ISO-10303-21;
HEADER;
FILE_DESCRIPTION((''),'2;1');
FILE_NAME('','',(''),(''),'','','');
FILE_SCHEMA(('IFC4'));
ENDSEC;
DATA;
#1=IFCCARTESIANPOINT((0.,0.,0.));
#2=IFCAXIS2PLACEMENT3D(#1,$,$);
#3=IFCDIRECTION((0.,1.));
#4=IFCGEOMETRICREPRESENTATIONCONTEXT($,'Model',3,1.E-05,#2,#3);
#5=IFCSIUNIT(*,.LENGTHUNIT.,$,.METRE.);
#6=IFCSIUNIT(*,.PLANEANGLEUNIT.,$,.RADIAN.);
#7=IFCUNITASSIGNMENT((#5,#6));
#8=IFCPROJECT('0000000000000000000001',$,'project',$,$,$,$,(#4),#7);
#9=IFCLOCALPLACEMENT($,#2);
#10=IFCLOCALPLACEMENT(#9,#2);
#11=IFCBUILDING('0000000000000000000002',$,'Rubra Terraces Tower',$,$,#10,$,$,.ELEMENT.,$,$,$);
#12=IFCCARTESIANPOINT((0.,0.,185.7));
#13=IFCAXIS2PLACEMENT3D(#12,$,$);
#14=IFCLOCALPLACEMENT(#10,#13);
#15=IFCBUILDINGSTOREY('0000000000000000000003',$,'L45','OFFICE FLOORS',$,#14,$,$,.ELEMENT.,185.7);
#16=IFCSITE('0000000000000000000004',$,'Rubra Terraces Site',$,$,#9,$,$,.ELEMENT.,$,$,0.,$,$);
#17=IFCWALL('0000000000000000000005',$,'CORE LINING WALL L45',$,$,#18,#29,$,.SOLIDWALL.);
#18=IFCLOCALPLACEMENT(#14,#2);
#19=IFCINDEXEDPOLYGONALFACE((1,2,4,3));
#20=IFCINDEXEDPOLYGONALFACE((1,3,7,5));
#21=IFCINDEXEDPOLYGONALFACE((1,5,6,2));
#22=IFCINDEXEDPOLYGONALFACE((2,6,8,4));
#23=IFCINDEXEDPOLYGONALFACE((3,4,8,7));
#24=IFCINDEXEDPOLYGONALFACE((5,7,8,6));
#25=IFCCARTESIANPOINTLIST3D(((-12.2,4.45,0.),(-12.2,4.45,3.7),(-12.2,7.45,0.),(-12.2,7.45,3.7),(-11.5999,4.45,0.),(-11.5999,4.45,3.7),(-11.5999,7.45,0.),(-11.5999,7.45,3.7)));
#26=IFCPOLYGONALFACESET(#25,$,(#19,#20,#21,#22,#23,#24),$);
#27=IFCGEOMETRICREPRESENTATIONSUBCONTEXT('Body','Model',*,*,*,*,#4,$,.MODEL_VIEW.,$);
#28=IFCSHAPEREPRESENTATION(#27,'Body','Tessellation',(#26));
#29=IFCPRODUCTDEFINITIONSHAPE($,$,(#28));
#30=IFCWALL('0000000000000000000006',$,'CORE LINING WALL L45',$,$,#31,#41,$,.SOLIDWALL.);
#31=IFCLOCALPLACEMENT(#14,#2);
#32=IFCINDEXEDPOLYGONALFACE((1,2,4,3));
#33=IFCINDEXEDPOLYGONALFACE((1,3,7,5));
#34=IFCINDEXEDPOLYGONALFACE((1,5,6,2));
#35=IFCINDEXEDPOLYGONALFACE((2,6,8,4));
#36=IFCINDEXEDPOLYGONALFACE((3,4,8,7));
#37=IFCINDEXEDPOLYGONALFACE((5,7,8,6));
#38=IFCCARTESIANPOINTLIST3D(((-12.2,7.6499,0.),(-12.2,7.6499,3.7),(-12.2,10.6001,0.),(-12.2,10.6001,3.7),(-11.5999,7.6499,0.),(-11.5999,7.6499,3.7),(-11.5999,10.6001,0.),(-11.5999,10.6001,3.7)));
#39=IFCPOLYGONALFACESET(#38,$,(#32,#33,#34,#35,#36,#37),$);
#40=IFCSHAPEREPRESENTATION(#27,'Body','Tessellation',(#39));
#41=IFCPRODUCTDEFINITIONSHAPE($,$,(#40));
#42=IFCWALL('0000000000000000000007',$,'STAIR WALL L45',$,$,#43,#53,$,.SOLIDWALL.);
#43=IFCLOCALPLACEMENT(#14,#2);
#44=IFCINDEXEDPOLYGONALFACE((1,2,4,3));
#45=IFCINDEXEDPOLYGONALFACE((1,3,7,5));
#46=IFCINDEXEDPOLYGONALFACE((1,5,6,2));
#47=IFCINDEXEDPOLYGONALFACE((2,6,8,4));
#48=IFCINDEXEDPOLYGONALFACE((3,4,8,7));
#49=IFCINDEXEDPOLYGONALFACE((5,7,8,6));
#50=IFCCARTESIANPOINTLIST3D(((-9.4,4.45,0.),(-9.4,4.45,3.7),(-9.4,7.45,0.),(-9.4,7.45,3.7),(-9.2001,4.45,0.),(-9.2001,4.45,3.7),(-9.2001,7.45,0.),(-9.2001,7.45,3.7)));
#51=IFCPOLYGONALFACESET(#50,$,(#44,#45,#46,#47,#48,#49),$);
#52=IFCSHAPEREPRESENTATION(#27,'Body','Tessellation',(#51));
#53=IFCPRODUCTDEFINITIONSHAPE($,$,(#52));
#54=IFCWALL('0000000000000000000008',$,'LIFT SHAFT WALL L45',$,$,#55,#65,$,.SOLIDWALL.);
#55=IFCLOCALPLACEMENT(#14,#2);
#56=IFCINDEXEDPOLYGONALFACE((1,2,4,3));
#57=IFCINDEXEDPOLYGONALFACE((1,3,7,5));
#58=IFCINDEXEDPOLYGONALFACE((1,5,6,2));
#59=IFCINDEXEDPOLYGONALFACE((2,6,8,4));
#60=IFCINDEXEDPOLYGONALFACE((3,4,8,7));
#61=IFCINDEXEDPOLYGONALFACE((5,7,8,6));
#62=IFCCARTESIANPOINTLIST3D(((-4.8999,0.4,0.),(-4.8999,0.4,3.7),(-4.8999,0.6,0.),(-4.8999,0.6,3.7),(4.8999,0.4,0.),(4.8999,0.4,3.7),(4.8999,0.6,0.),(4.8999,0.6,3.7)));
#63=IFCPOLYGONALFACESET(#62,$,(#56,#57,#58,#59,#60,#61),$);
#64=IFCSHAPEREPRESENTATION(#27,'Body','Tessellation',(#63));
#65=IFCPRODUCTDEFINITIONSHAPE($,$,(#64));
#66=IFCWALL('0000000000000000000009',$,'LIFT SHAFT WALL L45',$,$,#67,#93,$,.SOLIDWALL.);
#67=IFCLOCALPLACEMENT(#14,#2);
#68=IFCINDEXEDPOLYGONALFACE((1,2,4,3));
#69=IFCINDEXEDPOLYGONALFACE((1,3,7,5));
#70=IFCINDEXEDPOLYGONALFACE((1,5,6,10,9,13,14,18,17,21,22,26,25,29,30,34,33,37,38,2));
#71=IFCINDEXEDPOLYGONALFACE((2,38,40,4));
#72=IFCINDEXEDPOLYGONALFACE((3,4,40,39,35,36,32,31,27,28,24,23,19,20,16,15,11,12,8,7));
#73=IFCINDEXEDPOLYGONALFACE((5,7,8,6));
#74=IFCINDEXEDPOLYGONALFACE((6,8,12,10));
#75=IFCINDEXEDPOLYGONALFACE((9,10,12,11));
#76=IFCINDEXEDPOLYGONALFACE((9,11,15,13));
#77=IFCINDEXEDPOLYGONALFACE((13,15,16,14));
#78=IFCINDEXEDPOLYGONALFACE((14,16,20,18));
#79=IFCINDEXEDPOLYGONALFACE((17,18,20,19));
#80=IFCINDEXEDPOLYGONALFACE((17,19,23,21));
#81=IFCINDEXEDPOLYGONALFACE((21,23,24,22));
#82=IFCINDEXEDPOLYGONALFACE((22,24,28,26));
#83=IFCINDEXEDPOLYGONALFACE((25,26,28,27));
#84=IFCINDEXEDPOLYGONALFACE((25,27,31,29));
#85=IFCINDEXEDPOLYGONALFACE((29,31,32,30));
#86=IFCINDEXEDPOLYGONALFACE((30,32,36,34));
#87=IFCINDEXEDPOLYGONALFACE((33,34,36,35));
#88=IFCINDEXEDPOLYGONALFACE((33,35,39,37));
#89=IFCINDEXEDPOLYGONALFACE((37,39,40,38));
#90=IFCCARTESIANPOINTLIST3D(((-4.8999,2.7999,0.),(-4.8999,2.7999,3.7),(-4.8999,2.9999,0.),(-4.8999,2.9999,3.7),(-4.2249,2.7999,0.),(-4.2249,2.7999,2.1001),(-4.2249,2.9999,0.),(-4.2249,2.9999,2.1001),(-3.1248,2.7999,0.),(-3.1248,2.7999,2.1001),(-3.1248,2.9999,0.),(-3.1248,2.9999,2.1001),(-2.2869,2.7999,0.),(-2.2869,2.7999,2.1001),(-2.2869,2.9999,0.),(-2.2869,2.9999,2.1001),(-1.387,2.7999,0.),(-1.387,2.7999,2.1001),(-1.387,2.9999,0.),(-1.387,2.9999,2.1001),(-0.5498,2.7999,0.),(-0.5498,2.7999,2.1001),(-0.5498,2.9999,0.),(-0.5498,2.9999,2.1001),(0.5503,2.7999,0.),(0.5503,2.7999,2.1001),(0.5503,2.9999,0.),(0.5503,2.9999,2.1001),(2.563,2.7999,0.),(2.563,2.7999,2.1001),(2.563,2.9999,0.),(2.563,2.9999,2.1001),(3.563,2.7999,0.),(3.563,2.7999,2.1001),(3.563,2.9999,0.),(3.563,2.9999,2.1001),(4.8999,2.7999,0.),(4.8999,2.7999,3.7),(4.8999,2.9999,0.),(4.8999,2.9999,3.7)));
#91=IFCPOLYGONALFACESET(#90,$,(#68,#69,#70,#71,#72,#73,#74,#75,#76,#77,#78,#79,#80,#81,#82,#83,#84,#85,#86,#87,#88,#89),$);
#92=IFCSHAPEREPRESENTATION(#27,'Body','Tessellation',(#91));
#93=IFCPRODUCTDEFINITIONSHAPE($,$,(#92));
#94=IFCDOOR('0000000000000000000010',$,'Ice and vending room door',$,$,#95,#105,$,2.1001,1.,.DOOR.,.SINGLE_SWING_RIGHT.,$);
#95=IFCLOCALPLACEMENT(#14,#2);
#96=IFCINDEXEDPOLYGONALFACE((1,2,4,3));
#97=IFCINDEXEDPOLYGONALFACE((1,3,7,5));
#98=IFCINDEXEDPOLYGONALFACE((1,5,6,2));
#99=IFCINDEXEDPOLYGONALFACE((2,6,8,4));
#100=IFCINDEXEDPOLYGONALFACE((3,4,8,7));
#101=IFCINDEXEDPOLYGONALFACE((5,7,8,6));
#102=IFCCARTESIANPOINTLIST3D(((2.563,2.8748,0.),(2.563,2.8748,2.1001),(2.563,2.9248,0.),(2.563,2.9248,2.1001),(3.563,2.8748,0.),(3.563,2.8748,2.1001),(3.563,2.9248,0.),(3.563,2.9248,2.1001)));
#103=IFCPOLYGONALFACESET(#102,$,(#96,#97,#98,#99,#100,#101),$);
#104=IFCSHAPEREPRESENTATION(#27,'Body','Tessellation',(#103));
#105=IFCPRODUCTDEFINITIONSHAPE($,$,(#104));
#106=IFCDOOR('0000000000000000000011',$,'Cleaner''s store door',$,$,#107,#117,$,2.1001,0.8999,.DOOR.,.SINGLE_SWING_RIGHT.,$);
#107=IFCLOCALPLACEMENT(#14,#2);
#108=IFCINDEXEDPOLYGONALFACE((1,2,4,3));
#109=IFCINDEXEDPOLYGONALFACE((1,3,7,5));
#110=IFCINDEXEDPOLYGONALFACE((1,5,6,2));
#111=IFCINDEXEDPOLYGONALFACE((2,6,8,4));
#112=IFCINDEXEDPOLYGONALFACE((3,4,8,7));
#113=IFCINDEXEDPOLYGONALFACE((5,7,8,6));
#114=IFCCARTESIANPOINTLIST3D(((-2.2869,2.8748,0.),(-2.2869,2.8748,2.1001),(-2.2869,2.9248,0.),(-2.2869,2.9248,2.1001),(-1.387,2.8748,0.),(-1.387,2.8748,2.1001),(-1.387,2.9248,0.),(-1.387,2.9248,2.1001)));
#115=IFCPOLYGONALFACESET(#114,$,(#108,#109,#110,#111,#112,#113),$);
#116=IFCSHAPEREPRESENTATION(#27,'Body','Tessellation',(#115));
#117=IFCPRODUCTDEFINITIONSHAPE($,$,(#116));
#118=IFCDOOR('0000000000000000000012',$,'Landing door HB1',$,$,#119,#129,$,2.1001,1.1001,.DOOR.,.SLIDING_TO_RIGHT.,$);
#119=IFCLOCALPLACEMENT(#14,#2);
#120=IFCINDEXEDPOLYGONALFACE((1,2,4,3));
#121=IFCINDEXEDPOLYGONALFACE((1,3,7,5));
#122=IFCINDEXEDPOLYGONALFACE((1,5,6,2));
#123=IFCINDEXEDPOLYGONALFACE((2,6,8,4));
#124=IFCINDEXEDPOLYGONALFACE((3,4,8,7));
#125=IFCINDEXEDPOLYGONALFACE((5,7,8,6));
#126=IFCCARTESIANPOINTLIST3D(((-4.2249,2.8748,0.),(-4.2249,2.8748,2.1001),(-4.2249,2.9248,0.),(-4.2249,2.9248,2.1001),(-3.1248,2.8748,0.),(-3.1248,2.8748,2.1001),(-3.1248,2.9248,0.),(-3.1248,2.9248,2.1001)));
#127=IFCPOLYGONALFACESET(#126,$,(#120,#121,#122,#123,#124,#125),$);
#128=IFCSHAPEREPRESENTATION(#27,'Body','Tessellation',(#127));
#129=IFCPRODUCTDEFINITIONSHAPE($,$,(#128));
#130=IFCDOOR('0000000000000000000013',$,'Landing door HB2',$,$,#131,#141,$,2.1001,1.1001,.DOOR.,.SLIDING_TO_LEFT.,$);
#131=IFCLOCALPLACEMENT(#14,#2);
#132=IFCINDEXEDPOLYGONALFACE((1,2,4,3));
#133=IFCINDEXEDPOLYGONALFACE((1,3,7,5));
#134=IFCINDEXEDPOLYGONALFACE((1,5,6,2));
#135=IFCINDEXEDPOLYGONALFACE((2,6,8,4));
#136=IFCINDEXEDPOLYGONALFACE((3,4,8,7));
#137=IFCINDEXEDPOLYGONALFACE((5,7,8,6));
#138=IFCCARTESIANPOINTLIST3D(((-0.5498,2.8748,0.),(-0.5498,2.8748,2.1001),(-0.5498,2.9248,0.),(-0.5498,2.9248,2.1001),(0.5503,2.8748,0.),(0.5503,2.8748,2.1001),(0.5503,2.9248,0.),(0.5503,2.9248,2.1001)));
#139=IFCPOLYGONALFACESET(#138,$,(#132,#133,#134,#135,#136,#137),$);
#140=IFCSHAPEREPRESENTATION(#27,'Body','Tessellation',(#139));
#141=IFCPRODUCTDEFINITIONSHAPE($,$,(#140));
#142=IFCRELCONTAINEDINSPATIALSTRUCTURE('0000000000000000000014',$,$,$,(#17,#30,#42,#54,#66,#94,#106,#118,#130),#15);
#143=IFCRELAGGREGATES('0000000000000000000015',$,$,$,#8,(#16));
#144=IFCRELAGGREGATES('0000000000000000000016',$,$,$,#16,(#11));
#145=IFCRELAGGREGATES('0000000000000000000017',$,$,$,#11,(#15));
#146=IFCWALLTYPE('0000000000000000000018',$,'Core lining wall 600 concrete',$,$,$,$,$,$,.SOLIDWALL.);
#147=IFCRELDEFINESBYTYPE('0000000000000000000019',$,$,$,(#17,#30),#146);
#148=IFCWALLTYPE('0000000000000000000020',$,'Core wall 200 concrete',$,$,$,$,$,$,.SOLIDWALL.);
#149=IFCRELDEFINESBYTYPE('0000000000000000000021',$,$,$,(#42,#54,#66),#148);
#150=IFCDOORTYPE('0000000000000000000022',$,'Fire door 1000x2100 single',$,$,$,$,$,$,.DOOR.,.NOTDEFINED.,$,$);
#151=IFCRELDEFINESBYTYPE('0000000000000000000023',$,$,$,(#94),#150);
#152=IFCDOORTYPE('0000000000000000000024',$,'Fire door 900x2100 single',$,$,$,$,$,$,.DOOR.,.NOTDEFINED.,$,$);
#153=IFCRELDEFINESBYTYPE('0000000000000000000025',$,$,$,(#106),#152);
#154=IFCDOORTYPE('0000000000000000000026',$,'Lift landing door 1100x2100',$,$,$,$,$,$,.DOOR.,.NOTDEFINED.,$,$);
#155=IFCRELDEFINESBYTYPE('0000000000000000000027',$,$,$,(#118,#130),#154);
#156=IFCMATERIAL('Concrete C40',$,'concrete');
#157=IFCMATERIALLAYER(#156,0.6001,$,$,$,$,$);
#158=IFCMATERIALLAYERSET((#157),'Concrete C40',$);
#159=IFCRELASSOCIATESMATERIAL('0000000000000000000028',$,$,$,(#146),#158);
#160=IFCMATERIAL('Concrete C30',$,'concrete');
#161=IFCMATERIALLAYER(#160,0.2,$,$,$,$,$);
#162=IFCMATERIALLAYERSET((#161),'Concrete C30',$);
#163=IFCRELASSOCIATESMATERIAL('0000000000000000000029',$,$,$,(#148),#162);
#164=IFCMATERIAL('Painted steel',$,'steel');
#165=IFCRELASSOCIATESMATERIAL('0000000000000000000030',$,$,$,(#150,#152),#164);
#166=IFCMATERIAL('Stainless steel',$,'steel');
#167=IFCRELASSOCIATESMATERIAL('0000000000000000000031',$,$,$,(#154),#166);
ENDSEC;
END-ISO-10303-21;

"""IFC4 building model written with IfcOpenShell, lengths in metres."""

from ifc_helpers import new_model, si_unit, direction, frame, frame_2d, origin, place, context, subcontext, project, spatial, rectangle, extrude, material, layer, layer_set, type_object, element, fill, save


model = new_model("IFC4")

# Units and contexts
model_context = context("Model", 3, precision=1e-05, world=origin(), true_north=direction((0.0, 1.0)))
body_context = subcontext(model_context, "Body", "Model", "MODEL_VIEW")
ifc_project = project(units=[si_unit("LENGTHUNIT", "METRE"), si_unit("PLANEANGLEUNIT", "RADIAN")], contexts=[model_context])

# Site, building, storey
site_placement = place(None, origin())
site = spatial("IfcSite", under=ifc_project, at=site_placement, Name="Rubra Terraces Site", CompositionType="ELEMENT", RefElevation=0.0)
building_placement = place(site_placement, origin())
building = spatial("IfcBuilding", under=site, at=building_placement, Name="Rubra Terraces Tower", CompositionType="ELEMENT")
storey_placement = place(building_placement, frame((0.0, 0.0, 185.7)))
storey = spatial("IfcBuildingStorey", under=building, at=storey_placement, Name="L45", Description="OFFICE FLOORS", CompositionType="ELEMENT", Elevation=185.7)

# Shared definitions
ifc_material_1 = material(Name="Concrete C40", Category="concrete")

# Walls
ifc_layer_1 = layer(ifc_material_1, 0.6001)
ifc_layer_set_1 = layer_set([ifc_layer_1], Name="Concrete C40")
wall_type_1 = type_object("IfcWallType", Name="Core lining wall 600 concrete", PredefinedType="SOLIDWALL", material=ifc_layer_set_1)
wall_1_placement = place(storey_placement, frame((-11.8999, 4.45, 0.0), z_axis=(0.0, 0.0, 1.0), x_axis=(0.0, 1.0, 0.0)))
element("IfcWall", 1, at=wall_1_placement, inside=storey, type_object=wall_type_1, Name="CORE LINING WALL L45", PredefinedType="SOLIDWALL", context=body_context, shape_type="SweptSolid", body=[
    extrude(rectangle(XDim=3.0, YDim=0.6001, at=frame_2d((1.5, 0.0))), origin(), (0.0, 0.0, 1.0), 3.7),
])
wall_2_placement = place(storey_placement, frame((-11.8999, 7.6499, 0.0), z_axis=(0.0, 0.0, 1.0), x_axis=(0.0, 1.0, 0.0)))
element("IfcWall", 2, at=wall_2_placement, inside=storey, type_object=wall_type_1, Name="CORE LINING WALL L45", PredefinedType="SOLIDWALL", context=body_context, shape_type="SweptSolid", body=[
    extrude(rectangle(XDim=2.9502, YDim=0.6001, at=frame_2d((1.4751, 0.0))), origin(), (0.0, 0.0, 1.0), 3.7),
])
ifc_material_2 = material(Name="Concrete C30", Category="concrete")
ifc_layer_2 = layer(ifc_material_2, 0.2)
ifc_layer_set_2 = layer_set([ifc_layer_2], Name="Concrete C30")
wall_type_2 = type_object("IfcWallType", Name="Core wall 200 concrete", PredefinedType="SOLIDWALL", material=ifc_layer_set_2)
wall_3_placement = place(storey_placement, frame((-9.3, 4.45, 0.0), z_axis=(0.0, 0.0, 1.0), x_axis=(0.0, 1.0, 0.0)))
element("IfcWall", 3, at=wall_3_placement, inside=storey, type_object=wall_type_2, Name="STAIR WALL L45", PredefinedType="SOLIDWALL", context=body_context, shape_type="SweptSolid", body=[
    extrude(rectangle(XDim=3.0, YDim=0.2, at=frame_2d((1.5, 0.0))), origin(), (0.0, 0.0, 1.0), 3.7),
])
wall_4_placement = place(storey_placement, frame((-4.8999, 0.5, 0.0), z_axis=(0.0, 0.0, 1.0), x_axis=(1.0, 0.0, 0.0)))
element("IfcWall", 4, at=wall_4_placement, inside=storey, type_object=wall_type_2, Name="LIFT SHAFT WALL L45", PredefinedType="SOLIDWALL", context=body_context, shape_type="SweptSolid", body=[
    extrude(rectangle(XDim=9.7998, YDim=0.2, at=frame_2d((4.8999, 0.0))), origin(), (0.0, 0.0, 1.0), 3.7),
])

# Wall, openings, doors
wall_5_placement = place(storey_placement, frame((-4.8999, 2.8999, 0.0), z_axis=(0.0, 0.0, 1.0), x_axis=(1.0, 0.0, 0.0)))
wall_5 = element("IfcWall", 5, at=wall_5_placement, inside=storey, type_object=wall_type_2, Name="LIFT SHAFT WALL L45", PredefinedType="SOLIDWALL", context=body_context, shape_type="SweptSolid", body=[
    extrude(rectangle(XDim=9.7998, YDim=0.2, at=frame_2d((4.8999, 0.0))), origin(), (0.0, 0.0, 1.0), 3.7),
])
opening_1_placement = place(wall_5_placement, frame((0.675, 0.0, 0.0)))
opening_1 = element("IfcOpeningElement", 6, at=opening_1_placement, cuts=wall_5, PredefinedType="OPENING", context=body_context, shape_type="SweptSolid", body=[
    extrude(rectangle(XDim=1.1001, YDim=2.1001, at=frame_2d((0.55, 1.05))), frame((0.0, 0.1099, 0.0), z_axis=(0.0, -1.0, 0.0), x_axis=(1.0, 0.0, 0.0)), (0.0, 0.0, 1.0), 0.22),
])
opening_2_placement = place(wall_5_placement, frame((2.613, 0.0, 0.0)))
opening_2 = element("IfcOpeningElement", 7, at=opening_2_placement, cuts=wall_5, PredefinedType="OPENING", context=body_context, shape_type="SweptSolid", body=[
    extrude(rectangle(XDim=0.8999, YDim=2.1001, at=frame_2d((0.45, 1.05))), frame((0.0, 0.1099, 0.0), z_axis=(0.0, -1.0, 0.0), x_axis=(1.0, 0.0, 0.0)), (0.0, 0.0, 1.0), 0.22),
])
opening_3_placement = place(wall_5_placement, frame((4.3501, 0.0, 0.0)))
opening_3 = element("IfcOpeningElement", 8, at=opening_3_placement, cuts=wall_5, PredefinedType="OPENING", context=body_context, shape_type="SweptSolid", body=[
    extrude(rectangle(XDim=1.1001, YDim=2.1001, at=frame_2d((0.55, 1.05))), frame((0.0, 0.1099, 0.0), z_axis=(0.0, -1.0, 0.0), x_axis=(1.0, 0.0, 0.0)), (0.0, 0.0, 1.0), 0.22),
])
opening_4_placement = place(wall_5_placement, frame((7.4629, 0.0, 0.0)))
opening_4 = element("IfcOpeningElement", 9, at=opening_4_placement, cuts=wall_5, PredefinedType="OPENING", context=body_context, shape_type="SweptSolid", body=[
    extrude(rectangle(XDim=1.0, YDim=2.1001, at=frame_2d((0.5, 1.05))), frame((0.0, 0.1099, 0.0), z_axis=(0.0, -1.0, 0.0), x_axis=(1.0, 0.0, 0.0)), (0.0, 0.0, 1.0), 0.22),
])
ifc_material_3 = material(Name="Painted steel", Category="steel")
door_type_1 = type_object("IfcDoorType", Name="Fire door 1000x2100 single", OperationType="NOTDEFINED", PredefinedType="DOOR", material=ifc_material_3)
door_1_placement = place(opening_4_placement, origin())
door_1 = element("IfcDoor", 10, at=door_1_placement, inside=storey, type_object=door_type_1, Name="Ice and vending room door", OperationType="SINGLE_SWING_RIGHT", OverallHeight=2.1001, OverallWidth=1.0, PredefinedType="DOOR", context=body_context, shape_type="SweptSolid", body=[
    extrude(rectangle(XDim=1.0, YDim=2.1001, at=frame_2d((0.5, 1.05))), frame((0.0, 0.0249, 0.0), z_axis=(0.0, -1.0, 0.0), x_axis=(1.0, 0.0, 0.0)), (0.0, 0.0, 1.0), 0.05),
])
fill(opening_4, door_1)
door_type_2 = type_object("IfcDoorType", Name="Fire door 900x2100 single", OperationType="NOTDEFINED", PredefinedType="DOOR", material=ifc_material_3)
door_2_placement = place(opening_2_placement, origin())
door_2 = element("IfcDoor", 11, at=door_2_placement, inside=storey, type_object=door_type_2, Name="Cleaner's store door", OperationType="SINGLE_SWING_RIGHT", OverallHeight=2.1001, OverallWidth=0.8999, PredefinedType="DOOR", context=body_context, shape_type="SweptSolid", body=[
    extrude(rectangle(XDim=0.8999, YDim=2.1001, at=frame_2d((0.45, 1.05))), frame((0.0, 0.0249, 0.0), z_axis=(0.0, -1.0, 0.0), x_axis=(1.0, 0.0, 0.0)), (0.0, 0.0, 1.0), 0.05),
])
fill(opening_2, door_2)
ifc_material_4 = material(Name="Stainless steel", Category="steel")
door_type_3 = type_object("IfcDoorType", Name="Lift landing door 1100x2100", OperationType="NOTDEFINED", PredefinedType="DOOR", material=ifc_material_4)
door_3_placement = place(opening_1_placement, origin())
door_3 = element("IfcDoor", 12, at=door_3_placement, inside=storey, type_object=door_type_3, Name="Landing door HB1", OperationType="SLIDING_TO_RIGHT", OverallHeight=2.1001, OverallWidth=1.1001, PredefinedType="DOOR", context=body_context, shape_type="SweptSolid", body=[
    extrude(rectangle(XDim=1.1001, YDim=2.1001, at=frame_2d((0.55, 1.05))), frame((0.0, 0.0249, 0.0), z_axis=(0.0, -1.0, 0.0), x_axis=(1.0, 0.0, 0.0)), (0.0, 0.0, 1.0), 0.05),
])
fill(opening_1, door_3)
door_4_placement = place(opening_3_placement, origin())
door_4 = element("IfcDoor", 13, at=door_4_placement, inside=storey, type_object=door_type_3, Name="Landing door HB2", OperationType="SLIDING_TO_LEFT", OverallHeight=2.1001, OverallWidth=1.1001, PredefinedType="DOOR", context=body_context, shape_type="SweptSolid", body=[
    extrude(rectangle(XDim=1.1001, YDim=2.1001, at=frame_2d((0.55, 1.05))), frame((0.0, 0.0249, 0.0), z_axis=(0.0, -1.0, 0.0), x_axis=(1.0, 0.0, 0.0)), (0.0, 0.0, 1.0), 0.05),
])
fill(opening_3, door_4)

save(model, "model.ifc")
